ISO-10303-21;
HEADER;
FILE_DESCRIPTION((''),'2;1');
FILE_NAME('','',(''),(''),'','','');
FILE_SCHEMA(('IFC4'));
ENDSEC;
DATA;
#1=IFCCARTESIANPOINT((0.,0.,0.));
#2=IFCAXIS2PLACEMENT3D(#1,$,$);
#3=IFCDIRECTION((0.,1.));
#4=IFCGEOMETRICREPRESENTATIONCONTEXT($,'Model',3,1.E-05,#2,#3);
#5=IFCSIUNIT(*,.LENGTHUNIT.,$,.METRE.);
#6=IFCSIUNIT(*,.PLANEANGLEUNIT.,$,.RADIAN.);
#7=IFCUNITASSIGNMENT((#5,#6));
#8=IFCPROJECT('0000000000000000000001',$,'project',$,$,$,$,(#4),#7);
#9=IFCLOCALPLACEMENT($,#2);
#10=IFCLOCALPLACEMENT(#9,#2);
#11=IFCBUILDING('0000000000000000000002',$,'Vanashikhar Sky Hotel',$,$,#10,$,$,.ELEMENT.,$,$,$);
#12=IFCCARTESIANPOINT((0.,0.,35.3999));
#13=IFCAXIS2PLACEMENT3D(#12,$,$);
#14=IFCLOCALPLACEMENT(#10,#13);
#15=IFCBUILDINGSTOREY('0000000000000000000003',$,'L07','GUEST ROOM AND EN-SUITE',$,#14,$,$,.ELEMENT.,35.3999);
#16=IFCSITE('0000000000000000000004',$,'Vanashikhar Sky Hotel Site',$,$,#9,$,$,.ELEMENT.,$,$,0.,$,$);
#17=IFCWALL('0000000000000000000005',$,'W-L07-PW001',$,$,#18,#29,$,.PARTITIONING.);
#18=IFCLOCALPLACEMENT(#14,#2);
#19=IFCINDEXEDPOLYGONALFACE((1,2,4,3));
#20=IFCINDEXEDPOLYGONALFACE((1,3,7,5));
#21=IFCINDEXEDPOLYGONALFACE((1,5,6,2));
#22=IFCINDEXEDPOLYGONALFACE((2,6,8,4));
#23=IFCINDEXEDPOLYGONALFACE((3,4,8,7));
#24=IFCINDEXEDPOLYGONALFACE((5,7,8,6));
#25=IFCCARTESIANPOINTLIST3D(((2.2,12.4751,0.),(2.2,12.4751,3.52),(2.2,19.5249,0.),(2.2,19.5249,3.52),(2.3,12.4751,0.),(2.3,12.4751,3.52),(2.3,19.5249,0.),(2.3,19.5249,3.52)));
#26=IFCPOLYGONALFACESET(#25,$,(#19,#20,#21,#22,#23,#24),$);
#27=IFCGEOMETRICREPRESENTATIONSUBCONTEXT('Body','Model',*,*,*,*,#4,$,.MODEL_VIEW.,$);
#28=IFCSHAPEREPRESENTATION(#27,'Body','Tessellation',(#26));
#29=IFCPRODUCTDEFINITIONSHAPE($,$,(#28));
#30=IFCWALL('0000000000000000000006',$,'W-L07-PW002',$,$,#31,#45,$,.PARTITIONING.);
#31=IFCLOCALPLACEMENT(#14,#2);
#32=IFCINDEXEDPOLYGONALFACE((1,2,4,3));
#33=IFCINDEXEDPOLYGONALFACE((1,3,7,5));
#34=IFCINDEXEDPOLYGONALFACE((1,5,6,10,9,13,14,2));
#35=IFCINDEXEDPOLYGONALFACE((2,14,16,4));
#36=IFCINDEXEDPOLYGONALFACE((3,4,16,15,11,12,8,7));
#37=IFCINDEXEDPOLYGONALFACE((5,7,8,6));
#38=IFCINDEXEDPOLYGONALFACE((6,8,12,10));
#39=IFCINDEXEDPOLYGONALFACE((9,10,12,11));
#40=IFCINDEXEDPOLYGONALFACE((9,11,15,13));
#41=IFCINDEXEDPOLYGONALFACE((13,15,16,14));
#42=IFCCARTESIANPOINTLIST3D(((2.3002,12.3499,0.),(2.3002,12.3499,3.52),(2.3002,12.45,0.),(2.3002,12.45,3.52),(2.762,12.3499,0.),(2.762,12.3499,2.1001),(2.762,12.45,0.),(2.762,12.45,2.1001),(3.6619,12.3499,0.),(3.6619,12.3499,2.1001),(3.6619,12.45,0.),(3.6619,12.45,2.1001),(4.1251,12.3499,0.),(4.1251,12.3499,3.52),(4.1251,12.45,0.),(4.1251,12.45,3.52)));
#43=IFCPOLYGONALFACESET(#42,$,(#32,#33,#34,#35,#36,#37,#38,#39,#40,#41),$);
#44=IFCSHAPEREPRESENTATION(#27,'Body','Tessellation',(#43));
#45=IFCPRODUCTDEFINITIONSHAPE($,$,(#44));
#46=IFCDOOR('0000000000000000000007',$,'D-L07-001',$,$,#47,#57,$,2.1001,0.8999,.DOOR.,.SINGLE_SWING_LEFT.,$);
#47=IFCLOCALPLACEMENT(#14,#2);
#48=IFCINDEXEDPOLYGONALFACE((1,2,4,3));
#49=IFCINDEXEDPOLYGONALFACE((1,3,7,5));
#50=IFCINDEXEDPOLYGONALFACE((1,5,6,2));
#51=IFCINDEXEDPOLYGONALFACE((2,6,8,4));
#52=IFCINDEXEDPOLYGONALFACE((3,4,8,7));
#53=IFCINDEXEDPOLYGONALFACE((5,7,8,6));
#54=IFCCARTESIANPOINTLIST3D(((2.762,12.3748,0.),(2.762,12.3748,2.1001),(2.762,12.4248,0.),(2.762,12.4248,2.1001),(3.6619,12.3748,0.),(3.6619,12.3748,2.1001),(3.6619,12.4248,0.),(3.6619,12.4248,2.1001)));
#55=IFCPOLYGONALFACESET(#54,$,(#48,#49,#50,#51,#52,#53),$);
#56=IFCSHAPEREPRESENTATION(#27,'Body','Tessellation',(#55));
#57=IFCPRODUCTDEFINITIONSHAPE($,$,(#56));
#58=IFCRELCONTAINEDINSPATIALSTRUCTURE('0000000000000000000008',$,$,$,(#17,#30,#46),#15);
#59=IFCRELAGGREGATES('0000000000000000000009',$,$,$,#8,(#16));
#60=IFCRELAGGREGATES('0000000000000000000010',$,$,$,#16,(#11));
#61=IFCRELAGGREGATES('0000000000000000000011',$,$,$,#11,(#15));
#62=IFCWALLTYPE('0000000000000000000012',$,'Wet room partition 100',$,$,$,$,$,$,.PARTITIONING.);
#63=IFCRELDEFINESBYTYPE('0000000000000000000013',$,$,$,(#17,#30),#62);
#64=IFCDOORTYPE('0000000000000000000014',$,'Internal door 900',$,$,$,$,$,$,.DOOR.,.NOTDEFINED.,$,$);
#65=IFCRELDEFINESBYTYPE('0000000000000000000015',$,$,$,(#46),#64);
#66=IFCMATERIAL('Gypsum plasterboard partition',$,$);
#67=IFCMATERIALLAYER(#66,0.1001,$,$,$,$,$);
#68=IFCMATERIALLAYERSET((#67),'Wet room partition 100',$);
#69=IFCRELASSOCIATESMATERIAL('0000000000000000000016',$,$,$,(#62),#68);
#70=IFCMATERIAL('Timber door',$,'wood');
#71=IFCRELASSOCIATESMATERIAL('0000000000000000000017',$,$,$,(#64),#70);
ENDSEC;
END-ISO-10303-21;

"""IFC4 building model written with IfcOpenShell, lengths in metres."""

from ifc_helpers import new_model, si_unit, direction, frame, frame_2d, origin, place, context, subcontext, project, spatial, rectangle, extrude, source, transform, mapped, material, layer, layer_set, type_object, element, fill, save


model = new_model("IFC4")

# Units and contexts
model_context = context("Model", 3, precision=1e-05, world=origin(), true_north=direction((0.0, 1.0)))
body_context = subcontext(model_context, "Body", "Model", "MODEL_VIEW")
ifc_project = project(units=[si_unit("LENGTHUNIT", "METRE"), si_unit("PLANEANGLEUNIT", "RADIAN")], contexts=[model_context])

# Site, building, storey
site_placement = place(None, origin())
site = spatial("IfcSite", under=ifc_project, at=site_placement, Name="Vanashikhar Sky Hotel Site", CompositionType="ELEMENT", RefElevation=0.0)
building_placement = place(site_placement, origin())
building = spatial("IfcBuilding", under=site, at=building_placement, Name="Vanashikhar Sky Hotel", CompositionType="ELEMENT")
storey_placement = place(building_placement, frame((0.0, 0.0, 35.3999)))
storey = spatial("IfcBuildingStorey", under=building, at=storey_placement, Name="L07", Description="GUEST ROOM AND EN-SUITE", CompositionType="ELEMENT", Elevation=35.3999)

# Wall
ifc_material_1 = material(Name="Gypsum plasterboard partition")
ifc_layer_1 = layer(ifc_material_1, 0.1001)
ifc_layer_set_1 = layer_set([ifc_layer_1], Name="Wet room partition 100")
wall_type_1 = type_object("IfcWallType", Name="Wet room partition 100", PredefinedType="PARTITIONING", material=ifc_layer_set_1)
shared_shape_1 = source(origin(), body_context, "Body", "SweptSolid", [
    extrude(rectangle(XDim=7.0498, YDim=0.1001, at=frame_2d((3.5249, 0.0))), origin(), (0.0, 0.0, 1.0), 3.52),
])
wall_1_placement = place(storey_placement, frame((2.25, 12.4751, 0.0), z_axis=(0.0, 0.0, 1.0), x_axis=(0.0, 1.0, 0.0)))
element("IfcWall", 1, at=wall_1_placement, inside=storey, type_object=wall_type_1, Name="W-L07-PW001", PredefinedType="PARTITIONING", context=body_context, shape_type="MappedRepresentation", body=[
    mapped(shared_shape_1, transform((0.0, 0.0, 0.0), scale=1.0)),
])

# Wall, opening, door
shared_shape_2 = source(origin(), body_context, "Body", "SweptSolid", [
    extrude(rectangle(XDim=1.825, YDim=0.1001, at=frame_2d((0.9126, 0.0))), origin(), (0.0, 0.0, 1.0), 3.52),
])
wall_2_placement = place(storey_placement, frame((2.3, 12.3999, 0.0), z_axis=(0.0, 0.0, 1.0), x_axis=(1.0, 0.0, 0.0)))
wall_2 = element("IfcWall", 2, at=wall_2_placement, inside=storey, type_object=wall_type_1, Name="W-L07-PW002", PredefinedType="PARTITIONING", context=body_context, shape_type="MappedRepresentation", body=[
    mapped(shared_shape_2, transform((0.0, 0.0, 0.0), scale=1.0)),
])
shared_shape_3 = source(origin(), body_context, "Body", "SweptSolid", [
    extrude(rectangle(XDim=0.8999, YDim=2.1001, at=frame_2d((0.45, 1.05))), frame((0.0, 0.0601, 0.0), z_axis=(0.0, -1.0, 0.0), x_axis=(1.0, 0.0, 0.0)), (0.0, 0.0, 1.0), 0.1201),
])
opening_1_placement = place(wall_2_placement, frame((0.4619, 0.0, 0.0)))
opening_1 = element("IfcOpeningElement", 3, at=opening_1_placement, cuts=wall_2, PredefinedType="OPENING", context=body_context, shape_type="MappedRepresentation", body=[
    mapped(shared_shape_3, transform((0.0, 0.0, 0.0), scale=1.0)),
])
ifc_material_2 = material(Name="Timber door", Category="wood")
door_type = type_object("IfcDoorType", Name="Internal door 900", OperationType="NOTDEFINED", PredefinedType="DOOR", material=ifc_material_2)
shared_shape_4 = source(origin(), body_context, "Body", "SweptSolid", [
    extrude(rectangle(XDim=0.8999, YDim=2.1001, at=frame_2d((0.45, 1.05))), frame((0.0, 0.0249, 0.0), z_axis=(0.0, -1.0, 0.0), x_axis=(1.0, 0.0, 0.0)), (0.0, 0.0, 1.0), 0.05),
])
door_placement = place(opening_1_placement, origin())
door = element("IfcDoor", 4, at=door_placement, inside=storey, type_object=door_type, Name="D-L07-001", OperationType="SINGLE_SWING_LEFT", OverallHeight=2.1001, OverallWidth=0.8999, PredefinedType="DOOR", context=body_context, shape_type="MappedRepresentation", body=[
    mapped(shared_shape_4, transform((0.0, 0.0, 0.0), scale=1.0)),
])
fill(opening_1, door)

save(model, "model.ifc")
